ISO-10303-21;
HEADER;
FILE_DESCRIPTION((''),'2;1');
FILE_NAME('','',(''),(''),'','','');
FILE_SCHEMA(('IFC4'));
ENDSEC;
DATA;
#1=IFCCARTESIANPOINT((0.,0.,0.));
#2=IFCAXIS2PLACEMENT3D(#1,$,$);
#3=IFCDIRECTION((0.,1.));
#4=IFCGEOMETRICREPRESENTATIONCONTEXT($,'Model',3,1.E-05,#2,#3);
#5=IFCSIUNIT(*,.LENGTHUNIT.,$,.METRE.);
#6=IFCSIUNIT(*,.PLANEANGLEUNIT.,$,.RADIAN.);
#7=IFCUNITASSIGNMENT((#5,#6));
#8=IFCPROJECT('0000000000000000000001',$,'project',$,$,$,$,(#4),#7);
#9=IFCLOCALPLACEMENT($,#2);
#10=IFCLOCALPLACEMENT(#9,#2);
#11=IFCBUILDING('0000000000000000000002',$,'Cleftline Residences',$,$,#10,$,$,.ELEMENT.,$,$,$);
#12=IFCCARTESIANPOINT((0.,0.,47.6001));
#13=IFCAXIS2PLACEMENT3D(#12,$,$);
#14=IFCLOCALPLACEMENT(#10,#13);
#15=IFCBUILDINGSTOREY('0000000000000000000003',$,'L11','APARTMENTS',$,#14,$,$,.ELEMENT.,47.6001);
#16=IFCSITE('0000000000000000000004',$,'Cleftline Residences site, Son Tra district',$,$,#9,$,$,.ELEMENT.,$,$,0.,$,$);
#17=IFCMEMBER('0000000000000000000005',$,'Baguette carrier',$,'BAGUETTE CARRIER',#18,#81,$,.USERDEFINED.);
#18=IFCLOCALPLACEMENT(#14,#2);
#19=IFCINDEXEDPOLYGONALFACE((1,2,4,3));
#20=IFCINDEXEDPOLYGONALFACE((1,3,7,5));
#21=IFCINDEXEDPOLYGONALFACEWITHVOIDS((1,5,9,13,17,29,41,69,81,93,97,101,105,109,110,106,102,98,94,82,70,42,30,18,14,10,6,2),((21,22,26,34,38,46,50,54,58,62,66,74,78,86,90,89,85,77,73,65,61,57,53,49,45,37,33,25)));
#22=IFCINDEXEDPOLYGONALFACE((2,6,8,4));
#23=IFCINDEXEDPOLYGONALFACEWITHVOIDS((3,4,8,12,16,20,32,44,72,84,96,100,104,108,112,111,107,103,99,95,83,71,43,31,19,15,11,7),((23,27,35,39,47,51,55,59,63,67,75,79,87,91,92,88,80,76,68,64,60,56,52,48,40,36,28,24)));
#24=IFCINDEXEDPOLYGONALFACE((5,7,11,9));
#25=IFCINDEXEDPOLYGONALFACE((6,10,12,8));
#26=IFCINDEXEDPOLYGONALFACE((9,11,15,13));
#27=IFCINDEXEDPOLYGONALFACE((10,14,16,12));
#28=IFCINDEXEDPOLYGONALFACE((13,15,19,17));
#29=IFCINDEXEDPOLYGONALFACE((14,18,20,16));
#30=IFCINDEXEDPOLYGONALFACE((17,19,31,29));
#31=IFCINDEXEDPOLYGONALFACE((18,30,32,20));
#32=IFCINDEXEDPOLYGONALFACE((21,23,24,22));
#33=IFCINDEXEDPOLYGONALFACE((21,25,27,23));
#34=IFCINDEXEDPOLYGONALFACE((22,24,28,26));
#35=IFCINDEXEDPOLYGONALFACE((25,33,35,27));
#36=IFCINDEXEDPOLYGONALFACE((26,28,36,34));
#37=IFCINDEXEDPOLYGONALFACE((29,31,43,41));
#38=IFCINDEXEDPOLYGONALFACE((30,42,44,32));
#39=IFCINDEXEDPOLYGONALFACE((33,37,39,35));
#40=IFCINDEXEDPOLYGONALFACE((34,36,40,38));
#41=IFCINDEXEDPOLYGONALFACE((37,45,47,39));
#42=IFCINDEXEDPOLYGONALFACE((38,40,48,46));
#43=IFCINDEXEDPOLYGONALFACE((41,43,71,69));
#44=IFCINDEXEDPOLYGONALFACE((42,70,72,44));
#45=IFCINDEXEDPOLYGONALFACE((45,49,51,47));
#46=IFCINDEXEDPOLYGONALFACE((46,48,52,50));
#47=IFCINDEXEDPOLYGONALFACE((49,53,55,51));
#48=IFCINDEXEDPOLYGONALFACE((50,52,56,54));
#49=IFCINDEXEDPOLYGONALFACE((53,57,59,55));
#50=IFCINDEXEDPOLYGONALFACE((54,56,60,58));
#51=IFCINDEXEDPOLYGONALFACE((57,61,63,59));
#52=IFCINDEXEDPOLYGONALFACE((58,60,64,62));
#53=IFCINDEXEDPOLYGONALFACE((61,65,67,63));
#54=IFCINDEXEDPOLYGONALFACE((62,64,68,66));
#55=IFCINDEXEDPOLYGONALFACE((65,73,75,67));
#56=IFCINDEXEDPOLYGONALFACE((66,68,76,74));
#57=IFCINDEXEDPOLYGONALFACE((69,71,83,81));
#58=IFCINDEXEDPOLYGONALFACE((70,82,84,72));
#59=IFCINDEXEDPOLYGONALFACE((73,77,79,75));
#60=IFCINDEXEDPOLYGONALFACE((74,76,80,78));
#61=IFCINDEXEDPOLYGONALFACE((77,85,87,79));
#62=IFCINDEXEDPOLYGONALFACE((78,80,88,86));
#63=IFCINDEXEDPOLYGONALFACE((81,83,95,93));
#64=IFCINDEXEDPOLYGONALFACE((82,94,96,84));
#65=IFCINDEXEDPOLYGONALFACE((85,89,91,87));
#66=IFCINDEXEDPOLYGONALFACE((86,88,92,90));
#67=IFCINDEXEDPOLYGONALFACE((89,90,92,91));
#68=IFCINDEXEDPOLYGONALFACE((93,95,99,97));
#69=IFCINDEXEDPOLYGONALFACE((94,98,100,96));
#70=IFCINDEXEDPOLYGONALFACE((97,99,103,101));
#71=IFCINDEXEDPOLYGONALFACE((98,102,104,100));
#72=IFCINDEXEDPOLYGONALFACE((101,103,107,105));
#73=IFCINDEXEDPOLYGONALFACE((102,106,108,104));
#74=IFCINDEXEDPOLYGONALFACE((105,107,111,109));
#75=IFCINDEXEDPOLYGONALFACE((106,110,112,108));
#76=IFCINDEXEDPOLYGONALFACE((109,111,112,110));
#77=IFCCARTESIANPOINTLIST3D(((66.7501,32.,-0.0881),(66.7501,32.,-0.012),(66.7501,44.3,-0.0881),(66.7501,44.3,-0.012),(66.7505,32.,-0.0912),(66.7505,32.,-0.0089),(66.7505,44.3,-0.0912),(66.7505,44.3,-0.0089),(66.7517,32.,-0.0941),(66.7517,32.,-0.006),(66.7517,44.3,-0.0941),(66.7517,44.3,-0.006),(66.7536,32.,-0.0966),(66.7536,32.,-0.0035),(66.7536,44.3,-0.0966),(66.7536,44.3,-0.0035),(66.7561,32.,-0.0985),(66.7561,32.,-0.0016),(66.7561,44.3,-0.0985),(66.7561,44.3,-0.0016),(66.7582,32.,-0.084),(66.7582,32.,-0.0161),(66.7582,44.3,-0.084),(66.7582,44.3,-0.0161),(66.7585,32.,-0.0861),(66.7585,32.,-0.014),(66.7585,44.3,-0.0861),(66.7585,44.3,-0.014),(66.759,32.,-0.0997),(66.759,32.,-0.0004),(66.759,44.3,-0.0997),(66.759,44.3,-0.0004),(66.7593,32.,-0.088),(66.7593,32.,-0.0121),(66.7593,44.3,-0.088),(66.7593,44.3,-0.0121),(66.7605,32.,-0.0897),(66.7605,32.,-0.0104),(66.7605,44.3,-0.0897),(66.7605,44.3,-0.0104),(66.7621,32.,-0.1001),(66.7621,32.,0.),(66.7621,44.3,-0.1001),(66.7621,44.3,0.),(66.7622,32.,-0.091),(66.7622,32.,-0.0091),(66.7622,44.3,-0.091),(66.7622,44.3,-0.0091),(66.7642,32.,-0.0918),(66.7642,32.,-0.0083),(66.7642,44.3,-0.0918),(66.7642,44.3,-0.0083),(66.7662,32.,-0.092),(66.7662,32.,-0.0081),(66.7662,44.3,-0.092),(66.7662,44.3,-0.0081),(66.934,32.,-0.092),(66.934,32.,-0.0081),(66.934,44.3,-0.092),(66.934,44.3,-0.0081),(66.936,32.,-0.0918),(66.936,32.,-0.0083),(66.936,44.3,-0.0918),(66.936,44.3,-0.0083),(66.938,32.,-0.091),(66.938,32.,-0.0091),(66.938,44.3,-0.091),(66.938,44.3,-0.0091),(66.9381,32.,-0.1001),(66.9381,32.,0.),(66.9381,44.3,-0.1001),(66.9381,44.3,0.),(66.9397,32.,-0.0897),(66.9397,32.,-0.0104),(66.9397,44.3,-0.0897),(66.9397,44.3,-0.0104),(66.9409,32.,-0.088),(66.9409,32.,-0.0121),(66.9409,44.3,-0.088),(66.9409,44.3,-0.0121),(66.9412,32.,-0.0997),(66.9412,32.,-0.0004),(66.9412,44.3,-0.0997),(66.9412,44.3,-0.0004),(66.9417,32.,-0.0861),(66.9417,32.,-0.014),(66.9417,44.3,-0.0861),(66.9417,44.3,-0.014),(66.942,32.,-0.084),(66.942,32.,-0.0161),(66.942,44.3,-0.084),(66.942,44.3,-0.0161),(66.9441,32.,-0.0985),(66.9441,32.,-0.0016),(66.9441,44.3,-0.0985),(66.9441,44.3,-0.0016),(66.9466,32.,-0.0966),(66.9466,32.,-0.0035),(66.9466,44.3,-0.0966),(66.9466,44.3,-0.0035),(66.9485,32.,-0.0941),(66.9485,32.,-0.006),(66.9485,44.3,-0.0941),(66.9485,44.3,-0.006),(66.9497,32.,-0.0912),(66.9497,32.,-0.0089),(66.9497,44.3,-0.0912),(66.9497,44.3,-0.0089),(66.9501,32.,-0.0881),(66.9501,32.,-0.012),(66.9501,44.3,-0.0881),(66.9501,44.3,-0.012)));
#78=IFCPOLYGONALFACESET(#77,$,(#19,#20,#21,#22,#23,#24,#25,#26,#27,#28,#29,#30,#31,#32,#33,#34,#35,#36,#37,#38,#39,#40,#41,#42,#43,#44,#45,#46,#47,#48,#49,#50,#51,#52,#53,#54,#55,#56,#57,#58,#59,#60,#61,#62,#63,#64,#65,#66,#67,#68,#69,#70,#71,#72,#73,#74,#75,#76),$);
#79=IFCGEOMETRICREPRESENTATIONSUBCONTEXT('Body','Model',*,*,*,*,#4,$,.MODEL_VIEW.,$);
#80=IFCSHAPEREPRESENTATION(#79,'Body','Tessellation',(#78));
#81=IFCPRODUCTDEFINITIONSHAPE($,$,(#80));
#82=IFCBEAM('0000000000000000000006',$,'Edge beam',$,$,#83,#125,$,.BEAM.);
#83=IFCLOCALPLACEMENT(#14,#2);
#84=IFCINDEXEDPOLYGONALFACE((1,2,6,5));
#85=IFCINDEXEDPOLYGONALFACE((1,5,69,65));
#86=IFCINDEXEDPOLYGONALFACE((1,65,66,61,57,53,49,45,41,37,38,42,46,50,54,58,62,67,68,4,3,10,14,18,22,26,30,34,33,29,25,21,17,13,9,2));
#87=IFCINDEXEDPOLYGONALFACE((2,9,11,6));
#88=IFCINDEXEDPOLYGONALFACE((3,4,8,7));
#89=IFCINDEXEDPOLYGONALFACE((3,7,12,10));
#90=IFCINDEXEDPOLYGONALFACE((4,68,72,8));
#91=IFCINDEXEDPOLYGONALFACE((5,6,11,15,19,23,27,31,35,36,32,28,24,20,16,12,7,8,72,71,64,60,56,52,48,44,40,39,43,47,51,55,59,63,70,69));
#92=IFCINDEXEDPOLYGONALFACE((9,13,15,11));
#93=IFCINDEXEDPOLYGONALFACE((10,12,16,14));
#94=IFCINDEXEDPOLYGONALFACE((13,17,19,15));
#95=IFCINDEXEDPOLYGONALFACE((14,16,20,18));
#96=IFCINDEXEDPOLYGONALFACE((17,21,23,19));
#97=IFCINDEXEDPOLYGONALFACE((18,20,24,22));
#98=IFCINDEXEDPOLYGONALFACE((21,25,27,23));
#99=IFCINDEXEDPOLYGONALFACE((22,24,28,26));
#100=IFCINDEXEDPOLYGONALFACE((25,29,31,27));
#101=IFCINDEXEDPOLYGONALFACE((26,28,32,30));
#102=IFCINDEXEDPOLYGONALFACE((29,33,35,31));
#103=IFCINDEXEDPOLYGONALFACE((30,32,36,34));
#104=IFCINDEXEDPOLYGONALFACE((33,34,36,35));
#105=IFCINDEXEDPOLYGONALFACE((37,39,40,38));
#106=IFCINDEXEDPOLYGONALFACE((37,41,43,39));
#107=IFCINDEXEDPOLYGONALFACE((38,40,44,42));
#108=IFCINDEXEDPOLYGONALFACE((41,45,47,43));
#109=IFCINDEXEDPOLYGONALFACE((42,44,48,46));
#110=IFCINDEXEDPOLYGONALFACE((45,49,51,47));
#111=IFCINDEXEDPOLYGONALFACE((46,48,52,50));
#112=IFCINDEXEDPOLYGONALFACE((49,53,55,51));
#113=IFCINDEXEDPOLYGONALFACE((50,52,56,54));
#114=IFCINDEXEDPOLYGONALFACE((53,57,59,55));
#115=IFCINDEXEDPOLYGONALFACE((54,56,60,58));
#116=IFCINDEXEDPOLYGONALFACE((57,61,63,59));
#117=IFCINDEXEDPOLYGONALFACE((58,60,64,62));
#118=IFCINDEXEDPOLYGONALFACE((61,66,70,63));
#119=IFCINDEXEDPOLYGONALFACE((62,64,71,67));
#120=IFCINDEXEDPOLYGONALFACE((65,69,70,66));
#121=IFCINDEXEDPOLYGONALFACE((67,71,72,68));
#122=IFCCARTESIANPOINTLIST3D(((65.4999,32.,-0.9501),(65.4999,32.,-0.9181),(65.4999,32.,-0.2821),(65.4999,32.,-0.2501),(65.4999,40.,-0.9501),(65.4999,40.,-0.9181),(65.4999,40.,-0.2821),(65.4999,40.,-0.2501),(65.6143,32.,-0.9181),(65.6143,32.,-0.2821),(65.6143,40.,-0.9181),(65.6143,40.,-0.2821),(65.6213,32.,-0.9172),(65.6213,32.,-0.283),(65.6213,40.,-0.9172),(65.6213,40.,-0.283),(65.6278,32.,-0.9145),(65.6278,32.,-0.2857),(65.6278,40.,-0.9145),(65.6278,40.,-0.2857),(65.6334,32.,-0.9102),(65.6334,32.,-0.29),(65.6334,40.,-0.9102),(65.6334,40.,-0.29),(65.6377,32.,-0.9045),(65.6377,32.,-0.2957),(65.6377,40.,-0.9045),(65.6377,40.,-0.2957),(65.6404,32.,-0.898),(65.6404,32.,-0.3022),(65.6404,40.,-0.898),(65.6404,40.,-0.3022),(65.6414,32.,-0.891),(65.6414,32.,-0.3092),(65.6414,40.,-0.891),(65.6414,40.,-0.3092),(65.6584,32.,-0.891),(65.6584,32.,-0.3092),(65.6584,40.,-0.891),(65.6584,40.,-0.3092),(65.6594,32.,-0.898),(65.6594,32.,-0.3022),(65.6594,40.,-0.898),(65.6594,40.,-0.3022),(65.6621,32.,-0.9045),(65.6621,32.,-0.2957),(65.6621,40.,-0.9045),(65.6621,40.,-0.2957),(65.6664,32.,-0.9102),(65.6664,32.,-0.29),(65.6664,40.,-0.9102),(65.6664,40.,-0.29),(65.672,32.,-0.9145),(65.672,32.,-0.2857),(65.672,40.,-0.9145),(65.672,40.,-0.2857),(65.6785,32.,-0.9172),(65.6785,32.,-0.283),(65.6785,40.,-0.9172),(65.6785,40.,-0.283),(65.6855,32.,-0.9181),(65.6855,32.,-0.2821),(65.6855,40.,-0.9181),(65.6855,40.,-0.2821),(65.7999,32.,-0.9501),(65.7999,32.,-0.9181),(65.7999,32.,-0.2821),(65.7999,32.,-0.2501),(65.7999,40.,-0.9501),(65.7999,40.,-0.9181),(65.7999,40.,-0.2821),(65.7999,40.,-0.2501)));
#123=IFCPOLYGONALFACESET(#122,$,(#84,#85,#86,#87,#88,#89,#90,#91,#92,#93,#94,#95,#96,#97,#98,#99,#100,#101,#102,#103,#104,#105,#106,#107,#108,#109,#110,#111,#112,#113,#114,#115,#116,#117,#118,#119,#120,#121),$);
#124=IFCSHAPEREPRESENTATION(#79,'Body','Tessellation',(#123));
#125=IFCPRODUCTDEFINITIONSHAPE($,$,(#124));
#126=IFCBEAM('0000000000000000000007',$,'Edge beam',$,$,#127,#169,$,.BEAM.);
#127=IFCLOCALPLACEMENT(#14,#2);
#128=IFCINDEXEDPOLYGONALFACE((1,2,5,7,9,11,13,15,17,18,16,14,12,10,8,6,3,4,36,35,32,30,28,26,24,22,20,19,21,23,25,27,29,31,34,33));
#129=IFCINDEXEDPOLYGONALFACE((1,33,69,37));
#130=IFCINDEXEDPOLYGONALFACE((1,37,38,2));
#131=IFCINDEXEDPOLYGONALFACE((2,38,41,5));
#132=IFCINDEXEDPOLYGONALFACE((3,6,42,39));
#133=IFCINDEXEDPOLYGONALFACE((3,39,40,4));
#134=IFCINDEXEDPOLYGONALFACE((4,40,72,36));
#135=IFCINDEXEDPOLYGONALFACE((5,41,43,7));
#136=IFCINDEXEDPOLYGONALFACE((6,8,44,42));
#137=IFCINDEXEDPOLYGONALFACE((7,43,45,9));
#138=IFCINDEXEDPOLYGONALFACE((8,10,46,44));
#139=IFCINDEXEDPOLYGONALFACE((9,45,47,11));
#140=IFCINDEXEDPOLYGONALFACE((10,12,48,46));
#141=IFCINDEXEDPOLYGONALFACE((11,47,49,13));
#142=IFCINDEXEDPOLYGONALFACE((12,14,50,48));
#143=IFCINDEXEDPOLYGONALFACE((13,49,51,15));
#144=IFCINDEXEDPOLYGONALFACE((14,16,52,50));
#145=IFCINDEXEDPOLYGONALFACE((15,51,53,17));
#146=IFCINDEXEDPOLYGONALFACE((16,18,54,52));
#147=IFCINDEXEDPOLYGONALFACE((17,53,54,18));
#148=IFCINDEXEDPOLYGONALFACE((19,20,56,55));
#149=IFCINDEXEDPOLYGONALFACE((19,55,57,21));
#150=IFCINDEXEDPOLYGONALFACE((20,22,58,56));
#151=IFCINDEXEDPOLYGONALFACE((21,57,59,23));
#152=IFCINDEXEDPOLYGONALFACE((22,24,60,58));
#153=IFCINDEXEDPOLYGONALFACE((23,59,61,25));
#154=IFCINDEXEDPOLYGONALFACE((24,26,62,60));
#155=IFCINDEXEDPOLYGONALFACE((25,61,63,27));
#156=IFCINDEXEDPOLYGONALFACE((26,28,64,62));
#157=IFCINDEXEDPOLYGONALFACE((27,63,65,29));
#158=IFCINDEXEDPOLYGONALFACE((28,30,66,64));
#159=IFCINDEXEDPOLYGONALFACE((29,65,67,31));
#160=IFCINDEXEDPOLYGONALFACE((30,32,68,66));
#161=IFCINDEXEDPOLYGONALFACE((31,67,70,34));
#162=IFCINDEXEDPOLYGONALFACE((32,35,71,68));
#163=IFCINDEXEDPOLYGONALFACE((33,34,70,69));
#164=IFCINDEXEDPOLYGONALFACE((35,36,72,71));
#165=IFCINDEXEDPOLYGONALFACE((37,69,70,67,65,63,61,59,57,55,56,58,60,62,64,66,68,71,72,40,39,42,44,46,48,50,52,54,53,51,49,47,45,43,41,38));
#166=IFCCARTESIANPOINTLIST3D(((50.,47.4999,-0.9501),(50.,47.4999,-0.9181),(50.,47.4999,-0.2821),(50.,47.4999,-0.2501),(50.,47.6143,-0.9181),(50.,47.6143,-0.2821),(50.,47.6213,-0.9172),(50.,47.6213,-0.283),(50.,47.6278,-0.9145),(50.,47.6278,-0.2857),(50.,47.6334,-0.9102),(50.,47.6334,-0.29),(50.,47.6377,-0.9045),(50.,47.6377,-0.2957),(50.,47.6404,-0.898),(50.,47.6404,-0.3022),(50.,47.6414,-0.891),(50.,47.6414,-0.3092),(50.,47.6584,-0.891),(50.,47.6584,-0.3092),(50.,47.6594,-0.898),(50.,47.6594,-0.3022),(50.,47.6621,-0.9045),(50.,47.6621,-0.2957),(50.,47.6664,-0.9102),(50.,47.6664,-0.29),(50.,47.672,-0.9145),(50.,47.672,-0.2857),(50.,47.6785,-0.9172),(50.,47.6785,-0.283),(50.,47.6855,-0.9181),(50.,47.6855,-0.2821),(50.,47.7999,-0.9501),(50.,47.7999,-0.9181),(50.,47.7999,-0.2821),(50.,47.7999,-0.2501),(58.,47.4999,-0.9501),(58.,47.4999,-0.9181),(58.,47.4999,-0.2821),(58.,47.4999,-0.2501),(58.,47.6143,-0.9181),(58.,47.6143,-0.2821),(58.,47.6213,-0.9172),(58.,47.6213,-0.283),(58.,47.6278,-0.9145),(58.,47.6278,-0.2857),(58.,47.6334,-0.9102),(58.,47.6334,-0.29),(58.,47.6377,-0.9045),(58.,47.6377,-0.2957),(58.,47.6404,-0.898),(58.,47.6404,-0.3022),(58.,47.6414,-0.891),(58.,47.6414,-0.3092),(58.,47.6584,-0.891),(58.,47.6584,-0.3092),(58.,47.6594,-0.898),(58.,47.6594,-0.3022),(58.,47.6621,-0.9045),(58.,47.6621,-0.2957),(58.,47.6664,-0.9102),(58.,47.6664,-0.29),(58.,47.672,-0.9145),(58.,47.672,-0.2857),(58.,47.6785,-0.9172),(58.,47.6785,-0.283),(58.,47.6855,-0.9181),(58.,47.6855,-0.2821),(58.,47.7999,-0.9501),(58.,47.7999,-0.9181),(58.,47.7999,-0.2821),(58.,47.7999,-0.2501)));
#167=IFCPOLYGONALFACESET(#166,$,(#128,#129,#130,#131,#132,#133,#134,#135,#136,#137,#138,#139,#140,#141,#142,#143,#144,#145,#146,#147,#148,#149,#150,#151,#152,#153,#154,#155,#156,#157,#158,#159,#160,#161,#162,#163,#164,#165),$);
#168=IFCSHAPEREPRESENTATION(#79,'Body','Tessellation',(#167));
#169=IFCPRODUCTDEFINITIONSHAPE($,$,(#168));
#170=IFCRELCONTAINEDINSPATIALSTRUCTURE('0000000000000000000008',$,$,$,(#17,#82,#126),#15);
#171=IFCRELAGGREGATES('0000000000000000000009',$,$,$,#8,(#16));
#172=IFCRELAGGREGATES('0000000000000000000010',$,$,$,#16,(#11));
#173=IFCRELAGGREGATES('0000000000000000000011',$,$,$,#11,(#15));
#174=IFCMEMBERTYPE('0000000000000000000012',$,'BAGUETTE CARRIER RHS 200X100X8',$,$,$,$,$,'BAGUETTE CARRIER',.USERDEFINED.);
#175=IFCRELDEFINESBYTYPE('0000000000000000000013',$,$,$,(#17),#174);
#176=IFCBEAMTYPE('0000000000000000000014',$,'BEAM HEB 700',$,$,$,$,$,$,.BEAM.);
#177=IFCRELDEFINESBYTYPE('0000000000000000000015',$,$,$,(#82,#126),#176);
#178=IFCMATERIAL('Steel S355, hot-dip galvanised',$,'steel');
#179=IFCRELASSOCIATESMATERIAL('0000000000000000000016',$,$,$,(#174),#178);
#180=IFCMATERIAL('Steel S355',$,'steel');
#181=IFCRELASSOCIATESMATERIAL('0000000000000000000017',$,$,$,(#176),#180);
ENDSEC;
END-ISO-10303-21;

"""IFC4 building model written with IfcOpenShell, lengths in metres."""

from ifc_helpers import new_model, si_unit, direction, frame, origin, origin_2d, place, context, subcontext, project, spatial, hollow_rectangle, i_section, extrude, material, material_profile, profile_set, type_object, element, save


model = new_model("IFC4")

# Units and contexts
model_context = context("Model", 3, precision=1e-05, world=origin(), true_north=direction((0.0, 1.0)))
body_context = subcontext(model_context, "Body", "Model", "MODEL_VIEW")
ifc_project = project(units=[si_unit("LENGTHUNIT", "METRE"), si_unit("PLANEANGLEUNIT", "RADIAN")], contexts=[model_context])

# Site, building, storey
site_placement = place(None, origin())
site = spatial("IfcSite", under=ifc_project, at=site_placement, Name="Cleftline Residences site, Son Tra district", CompositionType="ELEMENT", RefElevation=0.0)
building_placement = place(site_placement, origin())
building = spatial("IfcBuilding", under=site, at=building_placement, Name="Cleftline Residences", CompositionType="ELEMENT")
storey_placement = place(building_placement, frame((0.0, 0.0, 47.6001)))
storey = spatial("IfcBuildingStorey", under=building, at=storey_placement, Name="L11", Description="APARTMENTS", CompositionType="ELEMENT", Elevation=47.6001)

# Member
ifc_material_1 = material(Name="Steel S355, hot-dip galvanised", Category="steel")
ifc_material_profile_1 = material_profile(ifc_material_1, hollow_rectangle(XDim=0.1001, YDim=0.2, WallThickness=0.0081, InnerFilletRadius=0.0081, OuterFilletRadius=0.012, at=origin_2d()))
ifc_profile_set_1 = profile_set([ifc_material_profile_1], Name="Steel S355, hot-dip galvanised")
member_type_1 = type_object("IfcMemberType", Name="BAGUETTE CARRIER RHS 200X100X8", ElementType="BAGUETTE CARRIER", PredefinedType="USERDEFINED", material=ifc_profile_set_1)
member_placement = place(storey_placement, frame((66.8501, 32.0, -0.05), z_axis=(0.0, 1.0, 0.0), x_axis=(0.0, 0.0, 1.0)))
element("IfcMember", 1, at=member_placement, inside=storey, type_object=member_type_1, Name="Baguette carrier", ObjectType="BAGUETTE CARRIER", PredefinedType="USERDEFINED", context=body_context, shape_type="SweptSolid", body=[
    extrude(hollow_rectangle(XDim=0.1001, YDim=0.2, WallThickness=0.0081, InnerFilletRadius=0.0081, OuterFilletRadius=0.012, at=origin_2d()), origin(), (0.0, 0.0, 1.0), 12.3),
])

# Beams
ifc_material_2 = material(Name="Steel S355", Category="steel")
ifc_material_profile_2 = material_profile(ifc_material_2, i_section(OverallWidth=0.3, OverallDepth=0.7, WebThickness=0.0171, FlangeThickness=0.032, FilletRadius=0.0271, at=origin_2d()))
ifc_profile_set_2 = profile_set([ifc_material_profile_2], Name="Steel S355")
beam_type_1 = type_object("IfcBeamType", Name="BEAM HEB 700", PredefinedType="BEAM", material=ifc_profile_set_2)
for number, where, z_axis, x_axis, name in (
    (2, (65.6499, 32.0, -0.6001), (0.0, 1.0, 0.0), (-1.0, 0.0, 0.0), "Edge beam"),
    (3, (58.0, 47.6499, -0.6001), (-1.0, 0.0, 0.0), (0.0, -1.0, 0.0), "Edge beam"),
):
    element("IfcBeam", number, at=place(storey_placement, frame(where, z_axis=z_axis, x_axis=x_axis)), inside=storey, type_object=beam_type_1, Name=name, PredefinedType="BEAM", context=body_context, shape_type="SweptSolid", body=[
        extrude(i_section(OverallWidth=0.3, OverallDepth=0.7, WebThickness=0.0171, FlangeThickness=0.032, FilletRadius=0.0271, at=origin_2d()), origin(), (0.0, 0.0, 1.0), 8.0),
    ])

save(model, "model.ifc")
